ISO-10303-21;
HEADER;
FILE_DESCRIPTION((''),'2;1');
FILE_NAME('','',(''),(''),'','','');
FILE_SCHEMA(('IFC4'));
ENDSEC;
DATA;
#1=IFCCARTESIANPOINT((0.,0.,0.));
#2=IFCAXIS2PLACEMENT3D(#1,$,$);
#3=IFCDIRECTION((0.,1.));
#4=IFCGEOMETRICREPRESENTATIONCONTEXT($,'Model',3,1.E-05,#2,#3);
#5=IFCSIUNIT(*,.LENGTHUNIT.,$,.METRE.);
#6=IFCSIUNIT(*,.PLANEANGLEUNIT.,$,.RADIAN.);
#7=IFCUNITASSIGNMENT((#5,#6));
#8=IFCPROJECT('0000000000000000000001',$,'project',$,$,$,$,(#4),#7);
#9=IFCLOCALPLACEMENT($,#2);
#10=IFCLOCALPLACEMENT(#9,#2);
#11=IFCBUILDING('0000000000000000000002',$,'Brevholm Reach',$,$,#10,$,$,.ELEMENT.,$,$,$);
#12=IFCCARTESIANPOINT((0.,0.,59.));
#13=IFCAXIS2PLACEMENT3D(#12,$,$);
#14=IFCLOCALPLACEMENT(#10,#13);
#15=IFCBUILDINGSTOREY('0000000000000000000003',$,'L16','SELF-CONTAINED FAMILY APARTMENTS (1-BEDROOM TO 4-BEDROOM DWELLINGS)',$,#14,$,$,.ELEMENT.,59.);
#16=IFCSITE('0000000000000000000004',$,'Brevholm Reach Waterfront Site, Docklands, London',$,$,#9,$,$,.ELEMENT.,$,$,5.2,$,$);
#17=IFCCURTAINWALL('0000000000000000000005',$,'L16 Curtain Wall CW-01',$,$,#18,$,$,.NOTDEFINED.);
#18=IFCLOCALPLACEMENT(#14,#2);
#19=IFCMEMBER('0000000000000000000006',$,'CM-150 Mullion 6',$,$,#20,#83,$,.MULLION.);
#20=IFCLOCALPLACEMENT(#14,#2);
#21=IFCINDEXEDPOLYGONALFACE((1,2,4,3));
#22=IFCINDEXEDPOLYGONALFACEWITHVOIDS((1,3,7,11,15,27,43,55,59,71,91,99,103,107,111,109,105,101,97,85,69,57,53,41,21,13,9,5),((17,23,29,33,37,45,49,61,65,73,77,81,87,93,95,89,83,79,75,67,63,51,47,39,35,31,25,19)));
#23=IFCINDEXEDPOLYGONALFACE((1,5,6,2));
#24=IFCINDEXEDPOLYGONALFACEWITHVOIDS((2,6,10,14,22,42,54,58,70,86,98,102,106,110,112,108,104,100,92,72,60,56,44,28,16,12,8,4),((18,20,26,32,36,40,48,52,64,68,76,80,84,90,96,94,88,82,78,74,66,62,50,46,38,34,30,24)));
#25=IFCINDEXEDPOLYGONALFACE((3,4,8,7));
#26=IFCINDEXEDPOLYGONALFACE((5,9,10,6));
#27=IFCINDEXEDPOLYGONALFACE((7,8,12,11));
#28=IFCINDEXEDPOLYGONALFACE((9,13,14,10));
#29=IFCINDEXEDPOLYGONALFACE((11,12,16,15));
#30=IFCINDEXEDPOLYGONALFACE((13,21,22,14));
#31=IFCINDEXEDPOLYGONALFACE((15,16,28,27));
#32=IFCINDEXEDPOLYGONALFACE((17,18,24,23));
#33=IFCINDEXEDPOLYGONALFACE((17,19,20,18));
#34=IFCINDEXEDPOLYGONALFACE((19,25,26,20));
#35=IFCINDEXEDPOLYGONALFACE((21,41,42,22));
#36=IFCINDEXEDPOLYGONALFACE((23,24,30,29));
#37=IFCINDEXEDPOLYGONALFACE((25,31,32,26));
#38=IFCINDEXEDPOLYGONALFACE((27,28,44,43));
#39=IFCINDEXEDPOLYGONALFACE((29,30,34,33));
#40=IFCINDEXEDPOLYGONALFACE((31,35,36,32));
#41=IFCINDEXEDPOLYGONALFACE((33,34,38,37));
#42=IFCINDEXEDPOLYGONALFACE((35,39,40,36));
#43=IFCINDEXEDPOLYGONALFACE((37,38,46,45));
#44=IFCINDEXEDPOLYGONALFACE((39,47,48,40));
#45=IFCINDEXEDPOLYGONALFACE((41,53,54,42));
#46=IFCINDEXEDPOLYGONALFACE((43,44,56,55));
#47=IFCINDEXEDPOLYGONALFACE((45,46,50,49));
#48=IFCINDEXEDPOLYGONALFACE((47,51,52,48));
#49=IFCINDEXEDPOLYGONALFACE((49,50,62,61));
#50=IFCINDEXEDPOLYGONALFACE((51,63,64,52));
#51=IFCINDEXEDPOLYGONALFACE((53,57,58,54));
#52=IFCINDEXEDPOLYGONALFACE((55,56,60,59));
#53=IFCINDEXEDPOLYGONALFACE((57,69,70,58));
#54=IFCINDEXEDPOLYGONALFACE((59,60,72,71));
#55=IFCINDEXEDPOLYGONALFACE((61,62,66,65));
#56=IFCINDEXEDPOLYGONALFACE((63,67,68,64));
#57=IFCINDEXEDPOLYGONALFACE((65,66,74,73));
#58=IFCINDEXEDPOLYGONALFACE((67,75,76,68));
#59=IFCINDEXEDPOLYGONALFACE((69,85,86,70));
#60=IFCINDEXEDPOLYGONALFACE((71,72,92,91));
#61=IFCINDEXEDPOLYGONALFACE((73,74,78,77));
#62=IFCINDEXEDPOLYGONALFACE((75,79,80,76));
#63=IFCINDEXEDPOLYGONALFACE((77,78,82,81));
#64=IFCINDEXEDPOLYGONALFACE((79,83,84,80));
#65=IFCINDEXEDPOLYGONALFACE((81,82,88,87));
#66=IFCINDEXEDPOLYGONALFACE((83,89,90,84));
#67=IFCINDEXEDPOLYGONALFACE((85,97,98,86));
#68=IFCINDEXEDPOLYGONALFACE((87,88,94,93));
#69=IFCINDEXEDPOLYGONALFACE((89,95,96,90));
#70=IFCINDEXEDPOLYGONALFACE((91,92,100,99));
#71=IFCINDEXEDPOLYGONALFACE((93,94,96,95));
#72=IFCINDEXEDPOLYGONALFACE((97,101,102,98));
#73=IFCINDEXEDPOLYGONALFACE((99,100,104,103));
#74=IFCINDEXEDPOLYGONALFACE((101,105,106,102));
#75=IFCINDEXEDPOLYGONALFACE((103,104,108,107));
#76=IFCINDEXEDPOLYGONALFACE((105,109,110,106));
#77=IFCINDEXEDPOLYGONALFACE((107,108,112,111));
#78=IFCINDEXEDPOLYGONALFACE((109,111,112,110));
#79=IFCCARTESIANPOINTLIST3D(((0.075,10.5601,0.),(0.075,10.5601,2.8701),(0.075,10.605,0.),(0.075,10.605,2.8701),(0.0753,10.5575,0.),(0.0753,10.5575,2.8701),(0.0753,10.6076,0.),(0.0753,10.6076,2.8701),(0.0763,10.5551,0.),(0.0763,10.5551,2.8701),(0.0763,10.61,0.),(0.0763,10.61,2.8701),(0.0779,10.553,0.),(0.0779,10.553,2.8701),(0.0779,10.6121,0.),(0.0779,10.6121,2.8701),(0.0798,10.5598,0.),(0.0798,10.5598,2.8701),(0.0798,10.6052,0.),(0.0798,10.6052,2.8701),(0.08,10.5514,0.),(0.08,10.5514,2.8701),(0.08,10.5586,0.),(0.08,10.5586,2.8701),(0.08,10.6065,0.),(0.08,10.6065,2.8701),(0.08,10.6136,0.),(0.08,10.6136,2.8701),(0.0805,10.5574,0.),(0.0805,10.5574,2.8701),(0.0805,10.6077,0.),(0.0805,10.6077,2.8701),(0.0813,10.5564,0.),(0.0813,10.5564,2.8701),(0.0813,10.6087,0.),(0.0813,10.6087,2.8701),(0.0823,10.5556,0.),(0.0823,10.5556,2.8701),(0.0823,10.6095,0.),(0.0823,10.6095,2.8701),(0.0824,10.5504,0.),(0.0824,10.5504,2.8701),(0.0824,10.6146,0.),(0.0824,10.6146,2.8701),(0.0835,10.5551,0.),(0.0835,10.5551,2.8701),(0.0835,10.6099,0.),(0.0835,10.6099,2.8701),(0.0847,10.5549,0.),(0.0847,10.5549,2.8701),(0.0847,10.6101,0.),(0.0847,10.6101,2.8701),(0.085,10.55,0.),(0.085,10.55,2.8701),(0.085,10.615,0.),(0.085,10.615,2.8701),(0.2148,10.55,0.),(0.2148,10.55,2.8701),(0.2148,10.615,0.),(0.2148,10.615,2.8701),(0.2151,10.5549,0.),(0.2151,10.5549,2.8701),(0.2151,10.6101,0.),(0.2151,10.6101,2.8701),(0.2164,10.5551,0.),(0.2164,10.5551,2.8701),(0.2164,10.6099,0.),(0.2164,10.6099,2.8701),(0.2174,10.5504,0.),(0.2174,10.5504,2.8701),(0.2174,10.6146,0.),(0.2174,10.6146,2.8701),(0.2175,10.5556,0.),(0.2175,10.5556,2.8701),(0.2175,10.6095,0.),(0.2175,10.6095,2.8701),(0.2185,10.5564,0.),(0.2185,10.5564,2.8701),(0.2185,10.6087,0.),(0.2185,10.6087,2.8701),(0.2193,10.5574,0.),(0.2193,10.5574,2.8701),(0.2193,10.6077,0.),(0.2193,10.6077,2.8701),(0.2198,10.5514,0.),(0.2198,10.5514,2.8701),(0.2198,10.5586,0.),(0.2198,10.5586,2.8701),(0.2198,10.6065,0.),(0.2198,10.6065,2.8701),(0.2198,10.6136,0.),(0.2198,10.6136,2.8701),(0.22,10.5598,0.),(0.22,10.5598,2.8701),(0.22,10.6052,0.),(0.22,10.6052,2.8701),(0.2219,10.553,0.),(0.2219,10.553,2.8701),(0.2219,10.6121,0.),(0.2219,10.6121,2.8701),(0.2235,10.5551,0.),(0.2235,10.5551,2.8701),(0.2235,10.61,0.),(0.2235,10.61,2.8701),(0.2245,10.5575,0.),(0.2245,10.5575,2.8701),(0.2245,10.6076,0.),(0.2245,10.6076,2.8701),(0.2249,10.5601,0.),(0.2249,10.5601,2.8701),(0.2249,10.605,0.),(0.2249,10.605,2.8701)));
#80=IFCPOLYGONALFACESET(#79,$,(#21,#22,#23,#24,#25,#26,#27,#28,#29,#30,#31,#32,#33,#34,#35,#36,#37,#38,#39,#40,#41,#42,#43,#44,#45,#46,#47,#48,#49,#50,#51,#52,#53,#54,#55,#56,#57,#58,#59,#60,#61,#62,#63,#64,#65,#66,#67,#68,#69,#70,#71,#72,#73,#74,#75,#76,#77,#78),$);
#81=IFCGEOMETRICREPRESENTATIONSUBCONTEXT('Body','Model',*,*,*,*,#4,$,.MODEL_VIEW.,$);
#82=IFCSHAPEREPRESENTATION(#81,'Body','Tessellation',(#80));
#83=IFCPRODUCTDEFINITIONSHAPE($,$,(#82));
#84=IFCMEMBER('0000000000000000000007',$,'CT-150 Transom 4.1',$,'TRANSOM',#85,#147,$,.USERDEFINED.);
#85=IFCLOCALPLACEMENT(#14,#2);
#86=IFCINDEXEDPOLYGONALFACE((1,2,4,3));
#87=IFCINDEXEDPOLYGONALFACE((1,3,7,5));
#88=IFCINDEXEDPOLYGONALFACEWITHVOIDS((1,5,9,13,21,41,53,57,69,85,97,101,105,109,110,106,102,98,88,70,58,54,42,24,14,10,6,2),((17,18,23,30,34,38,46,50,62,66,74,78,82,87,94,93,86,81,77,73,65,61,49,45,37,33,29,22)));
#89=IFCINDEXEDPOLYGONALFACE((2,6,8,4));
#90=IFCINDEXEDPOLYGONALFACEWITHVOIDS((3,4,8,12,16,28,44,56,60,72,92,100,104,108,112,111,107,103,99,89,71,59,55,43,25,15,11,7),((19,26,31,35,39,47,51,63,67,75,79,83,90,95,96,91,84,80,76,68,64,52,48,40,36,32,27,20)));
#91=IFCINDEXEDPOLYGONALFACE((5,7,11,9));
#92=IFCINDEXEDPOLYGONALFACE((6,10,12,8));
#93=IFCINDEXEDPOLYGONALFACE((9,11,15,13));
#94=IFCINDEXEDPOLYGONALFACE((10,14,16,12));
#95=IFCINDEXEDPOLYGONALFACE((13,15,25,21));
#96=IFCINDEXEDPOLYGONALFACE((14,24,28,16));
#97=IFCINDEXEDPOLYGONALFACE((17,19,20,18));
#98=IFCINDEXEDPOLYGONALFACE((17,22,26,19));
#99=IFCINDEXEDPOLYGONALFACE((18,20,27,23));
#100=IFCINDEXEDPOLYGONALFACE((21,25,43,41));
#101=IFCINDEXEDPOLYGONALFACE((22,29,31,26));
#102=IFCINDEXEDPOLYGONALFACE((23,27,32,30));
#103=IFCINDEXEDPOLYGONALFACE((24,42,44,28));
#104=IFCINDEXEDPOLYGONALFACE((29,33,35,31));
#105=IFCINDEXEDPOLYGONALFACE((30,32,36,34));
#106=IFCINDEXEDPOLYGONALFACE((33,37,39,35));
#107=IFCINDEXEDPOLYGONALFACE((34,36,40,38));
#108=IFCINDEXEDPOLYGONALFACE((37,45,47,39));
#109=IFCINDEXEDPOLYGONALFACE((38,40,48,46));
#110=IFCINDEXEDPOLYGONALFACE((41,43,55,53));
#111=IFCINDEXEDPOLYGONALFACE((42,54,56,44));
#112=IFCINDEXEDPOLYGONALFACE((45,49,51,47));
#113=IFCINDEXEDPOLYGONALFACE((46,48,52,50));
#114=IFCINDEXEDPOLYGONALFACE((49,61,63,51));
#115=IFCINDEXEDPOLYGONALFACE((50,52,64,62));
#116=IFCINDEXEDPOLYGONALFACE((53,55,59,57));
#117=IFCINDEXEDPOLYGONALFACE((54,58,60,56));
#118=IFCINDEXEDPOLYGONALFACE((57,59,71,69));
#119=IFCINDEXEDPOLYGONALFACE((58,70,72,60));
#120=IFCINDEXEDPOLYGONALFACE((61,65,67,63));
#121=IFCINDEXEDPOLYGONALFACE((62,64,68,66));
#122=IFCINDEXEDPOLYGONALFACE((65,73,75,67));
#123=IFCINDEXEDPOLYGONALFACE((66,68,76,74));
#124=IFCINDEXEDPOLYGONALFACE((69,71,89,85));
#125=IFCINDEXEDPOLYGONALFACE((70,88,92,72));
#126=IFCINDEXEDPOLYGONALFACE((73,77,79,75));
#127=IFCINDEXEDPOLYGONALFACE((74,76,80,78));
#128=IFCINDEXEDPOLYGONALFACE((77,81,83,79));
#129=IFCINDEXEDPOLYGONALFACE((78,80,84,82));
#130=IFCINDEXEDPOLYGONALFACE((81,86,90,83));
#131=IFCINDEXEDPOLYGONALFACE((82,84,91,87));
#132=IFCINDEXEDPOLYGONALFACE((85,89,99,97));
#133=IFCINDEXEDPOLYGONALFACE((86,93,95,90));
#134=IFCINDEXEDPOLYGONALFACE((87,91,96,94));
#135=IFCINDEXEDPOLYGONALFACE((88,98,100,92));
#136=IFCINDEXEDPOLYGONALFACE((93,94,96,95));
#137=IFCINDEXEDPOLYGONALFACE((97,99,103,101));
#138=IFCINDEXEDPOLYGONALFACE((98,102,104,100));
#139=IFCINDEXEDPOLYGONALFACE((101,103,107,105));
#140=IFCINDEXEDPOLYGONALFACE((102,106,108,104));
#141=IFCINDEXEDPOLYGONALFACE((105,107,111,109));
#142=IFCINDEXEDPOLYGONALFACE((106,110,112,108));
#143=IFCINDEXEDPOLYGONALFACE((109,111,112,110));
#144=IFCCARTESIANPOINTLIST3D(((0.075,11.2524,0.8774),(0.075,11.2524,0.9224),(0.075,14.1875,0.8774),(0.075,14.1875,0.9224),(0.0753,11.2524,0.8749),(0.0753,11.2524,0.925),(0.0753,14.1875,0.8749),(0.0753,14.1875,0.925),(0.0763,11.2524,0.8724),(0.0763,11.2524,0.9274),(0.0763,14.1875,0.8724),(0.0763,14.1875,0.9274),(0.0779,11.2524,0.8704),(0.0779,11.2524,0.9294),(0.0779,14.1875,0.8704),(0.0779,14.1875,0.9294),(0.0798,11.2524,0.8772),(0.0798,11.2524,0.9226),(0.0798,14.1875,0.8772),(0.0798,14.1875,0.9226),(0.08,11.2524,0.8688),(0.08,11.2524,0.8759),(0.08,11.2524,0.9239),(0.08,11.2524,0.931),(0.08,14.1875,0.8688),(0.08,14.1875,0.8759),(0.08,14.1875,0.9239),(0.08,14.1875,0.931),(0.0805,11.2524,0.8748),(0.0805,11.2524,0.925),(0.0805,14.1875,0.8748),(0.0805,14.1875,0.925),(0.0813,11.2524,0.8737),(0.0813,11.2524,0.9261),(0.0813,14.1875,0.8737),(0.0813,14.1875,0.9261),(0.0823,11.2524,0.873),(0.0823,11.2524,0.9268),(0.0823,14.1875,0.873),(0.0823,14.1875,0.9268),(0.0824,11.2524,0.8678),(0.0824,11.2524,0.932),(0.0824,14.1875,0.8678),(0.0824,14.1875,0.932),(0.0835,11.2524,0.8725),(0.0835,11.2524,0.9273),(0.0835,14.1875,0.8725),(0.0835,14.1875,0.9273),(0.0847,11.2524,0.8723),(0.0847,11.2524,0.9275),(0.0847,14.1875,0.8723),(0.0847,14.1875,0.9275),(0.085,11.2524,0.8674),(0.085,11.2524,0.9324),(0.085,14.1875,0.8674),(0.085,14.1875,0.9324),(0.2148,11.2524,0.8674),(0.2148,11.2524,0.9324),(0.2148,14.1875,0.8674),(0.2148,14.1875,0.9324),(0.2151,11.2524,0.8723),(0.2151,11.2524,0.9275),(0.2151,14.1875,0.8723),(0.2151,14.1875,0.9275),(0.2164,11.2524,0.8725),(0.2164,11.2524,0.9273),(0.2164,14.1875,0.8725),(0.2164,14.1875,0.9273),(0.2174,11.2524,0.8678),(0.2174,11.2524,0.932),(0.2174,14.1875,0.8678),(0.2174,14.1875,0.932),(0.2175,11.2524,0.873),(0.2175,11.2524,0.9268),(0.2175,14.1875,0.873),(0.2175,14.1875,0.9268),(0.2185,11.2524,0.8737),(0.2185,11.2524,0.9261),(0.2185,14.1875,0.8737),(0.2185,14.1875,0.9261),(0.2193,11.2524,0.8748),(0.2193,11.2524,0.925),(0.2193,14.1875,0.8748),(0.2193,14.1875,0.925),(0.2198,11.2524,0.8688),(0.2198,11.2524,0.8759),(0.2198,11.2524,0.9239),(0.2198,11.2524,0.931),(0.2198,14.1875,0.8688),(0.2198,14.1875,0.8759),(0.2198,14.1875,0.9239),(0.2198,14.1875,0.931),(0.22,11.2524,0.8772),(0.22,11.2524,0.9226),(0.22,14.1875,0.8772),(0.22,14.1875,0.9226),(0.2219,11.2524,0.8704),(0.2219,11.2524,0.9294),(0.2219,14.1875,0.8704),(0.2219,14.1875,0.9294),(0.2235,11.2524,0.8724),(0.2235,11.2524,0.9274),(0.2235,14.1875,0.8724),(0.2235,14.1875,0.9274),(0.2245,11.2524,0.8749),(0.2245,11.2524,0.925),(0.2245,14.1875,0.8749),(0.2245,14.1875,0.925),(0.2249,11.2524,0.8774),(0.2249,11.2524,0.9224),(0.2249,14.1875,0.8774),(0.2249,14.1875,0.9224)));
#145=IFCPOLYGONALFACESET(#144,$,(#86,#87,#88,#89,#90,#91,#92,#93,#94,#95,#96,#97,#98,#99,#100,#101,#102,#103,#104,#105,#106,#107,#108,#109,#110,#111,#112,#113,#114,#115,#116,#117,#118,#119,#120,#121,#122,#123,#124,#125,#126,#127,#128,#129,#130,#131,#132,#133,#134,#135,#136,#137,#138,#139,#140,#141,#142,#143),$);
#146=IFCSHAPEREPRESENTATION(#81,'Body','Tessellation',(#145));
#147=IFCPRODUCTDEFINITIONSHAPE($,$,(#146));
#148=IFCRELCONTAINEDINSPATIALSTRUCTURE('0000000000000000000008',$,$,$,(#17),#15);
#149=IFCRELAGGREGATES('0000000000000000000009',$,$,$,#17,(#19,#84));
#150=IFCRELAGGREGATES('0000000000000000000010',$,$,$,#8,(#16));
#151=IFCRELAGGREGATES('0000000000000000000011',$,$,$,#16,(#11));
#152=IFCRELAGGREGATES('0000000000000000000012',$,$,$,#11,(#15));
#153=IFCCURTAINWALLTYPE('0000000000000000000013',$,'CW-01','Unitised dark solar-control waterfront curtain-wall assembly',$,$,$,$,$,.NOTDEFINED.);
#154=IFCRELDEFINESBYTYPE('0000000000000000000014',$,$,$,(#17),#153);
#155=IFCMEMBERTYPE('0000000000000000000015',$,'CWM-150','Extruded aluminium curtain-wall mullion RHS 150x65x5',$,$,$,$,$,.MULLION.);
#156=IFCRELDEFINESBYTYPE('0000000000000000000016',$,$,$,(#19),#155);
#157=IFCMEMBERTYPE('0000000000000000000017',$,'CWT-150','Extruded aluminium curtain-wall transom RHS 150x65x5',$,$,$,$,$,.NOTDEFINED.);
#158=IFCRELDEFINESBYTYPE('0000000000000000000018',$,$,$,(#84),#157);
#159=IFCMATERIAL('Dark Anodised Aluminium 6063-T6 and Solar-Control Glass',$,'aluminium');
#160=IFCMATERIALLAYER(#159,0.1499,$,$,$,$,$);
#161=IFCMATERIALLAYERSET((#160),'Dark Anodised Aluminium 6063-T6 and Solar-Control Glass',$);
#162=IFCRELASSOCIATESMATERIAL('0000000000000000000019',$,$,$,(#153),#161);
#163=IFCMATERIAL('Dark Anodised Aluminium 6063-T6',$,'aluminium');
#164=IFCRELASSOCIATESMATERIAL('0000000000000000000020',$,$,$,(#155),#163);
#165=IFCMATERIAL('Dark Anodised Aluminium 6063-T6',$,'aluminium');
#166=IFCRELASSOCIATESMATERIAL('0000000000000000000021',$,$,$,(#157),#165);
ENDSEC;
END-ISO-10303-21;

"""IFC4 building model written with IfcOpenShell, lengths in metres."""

from ifc_helpers import new_model, si_unit, direction, frame, origin, origin_2d, place, context, subcontext, project, spatial, hollow_rectangle, extrude, material, layer, layer_set, material_profile, profile_set, type_object, element, aggregate, save


model = new_model("IFC4")

# Units and contexts
model_context = context("Model", 3, precision=1e-05, world=origin(), true_north=direction((0.0, 1.0)))
body_context = subcontext(model_context, "Body", "Model", "MODEL_VIEW")
ifc_project = project(units=[si_unit("LENGTHUNIT", "METRE"), si_unit("PLANEANGLEUNIT", "RADIAN")], contexts=[model_context])

# Site, building, storey
site_placement = place(None, origin())
site = spatial("IfcSite", under=ifc_project, at=site_placement, Name="Brevholm Reach Waterfront Site, Docklands, London", CompositionType="ELEMENT", RefElevation=5.2)
building_placement = place(site_placement, origin())
building = spatial("IfcBuilding", under=site, at=building_placement, Name="Brevholm Reach", CompositionType="ELEMENT")
storey_placement = place(building_placement, frame((0.0, 0.0, 59.0)))
storey = spatial("IfcBuildingStorey", under=building, at=storey_placement, Name="L16", Description="SELF-CONTAINED FAMILY APARTMENTS (1-BEDROOM TO 4-BEDROOM DWELLINGS)", CompositionType="ELEMENT", Elevation=59.0)

# Curtain wall, members
ifc_material_1 = material(Name="Dark Anodised Aluminium 6063-T6 and Solar-Control Glass", Category="aluminium")
ifc_layer_1 = layer(ifc_material_1, 0.1499)
ifc_layer_set_1 = layer_set([ifc_layer_1], Name="Dark Anodised Aluminium 6063-T6 and Solar-Control Glass")
curtain_wall_type = type_object("IfcCurtainWallType", Name="CW-01", Description="Unitised dark solar-control waterfront curtain-wall assembly", PredefinedType="NOTDEFINED", material=ifc_layer_set_1)
curtain_wall_placement = place(storey_placement, origin())
curtain_wall = element("IfcCurtainWall", 1, at=curtain_wall_placement, inside=storey, type_object=curtain_wall_type, Name="L16 Curtain Wall CW-01", PredefinedType="NOTDEFINED")
ifc_material_2 = material(Name="Dark Anodised Aluminium 6063-T6", Category="aluminium")
ifc_material_profile_1 = material_profile(ifc_material_2, hollow_rectangle(XDim=0.0649, YDim=0.1499, WallThickness=0.0049, InnerFilletRadius=0.0049, OuterFilletRadius=0.01, at=origin_2d()), Name="RHS 150x65x5")
ifc_profile_set_1 = profile_set([ifc_material_profile_1], Name="Dark Anodised Aluminium 6063-T6")
member_type_1 = type_object("IfcMemberType", Name="CWM-150", Description="Extruded aluminium curtain-wall mullion RHS 150x65x5", PredefinedType="MULLION", material=ifc_profile_set_1)
member_1_placement = place(storey_placement, frame((0.1499, 10.5825, 0.0), z_axis=(0.0, 0.0, 1.0), x_axis=(0.0, -1.0, 0.0)))
member_1 = element("IfcMember", 2, at=member_1_placement, type_object=member_type_1, Name="CM-150 Mullion 6", PredefinedType="MULLION", context=body_context, shape_type="SweptSolid", body=[
    extrude(hollow_rectangle(XDim=0.0649, YDim=0.1499, WallThickness=0.0049, InnerFilletRadius=0.0049, OuterFilletRadius=0.01, at=origin_2d()), origin(), (0.0, 0.0, 1.0), 2.8701),
])
ifc_material_3 = material(Name="Dark Anodised Aluminium 6063-T6", Category="aluminium")
ifc_material_profile_2 = material_profile(ifc_material_3, hollow_rectangle(XDim=0.0649, YDim=0.1499, WallThickness=0.0049, InnerFilletRadius=0.0049, OuterFilletRadius=0.01, at=origin_2d()), Name="RHS 150x65x5")
ifc_profile_set_2 = profile_set([ifc_material_profile_2], Name="Dark Anodised Aluminium 6063-T6")
member_type_2 = type_object("IfcMemberType", Name="CWT-150", Description="Extruded aluminium curtain-wall transom RHS 150x65x5", PredefinedType="NOTDEFINED", material=ifc_profile_set_2)
member_2_placement = place(storey_placement, frame((0.1499, 14.1875, 0.8999), z_axis=(0.0, -1.0, 0.0), x_axis=(0.0, 0.0, 1.0)))
member_2 = element("IfcMember", 3, at=member_2_placement, type_object=member_type_2, Name="CT-150 Transom 4.1", ObjectType="TRANSOM", PredefinedType="USERDEFINED", context=body_context, shape_type="SweptSolid", body=[
    extrude(hollow_rectangle(XDim=0.0649, YDim=0.1499, WallThickness=0.0049, InnerFilletRadius=0.0049, OuterFilletRadius=0.01, at=origin_2d()), origin(), (0.0, 0.0, 1.0), 2.9351),
])
aggregate(curtain_wall, [member_1, member_2])

save(model, "model.ifc")
